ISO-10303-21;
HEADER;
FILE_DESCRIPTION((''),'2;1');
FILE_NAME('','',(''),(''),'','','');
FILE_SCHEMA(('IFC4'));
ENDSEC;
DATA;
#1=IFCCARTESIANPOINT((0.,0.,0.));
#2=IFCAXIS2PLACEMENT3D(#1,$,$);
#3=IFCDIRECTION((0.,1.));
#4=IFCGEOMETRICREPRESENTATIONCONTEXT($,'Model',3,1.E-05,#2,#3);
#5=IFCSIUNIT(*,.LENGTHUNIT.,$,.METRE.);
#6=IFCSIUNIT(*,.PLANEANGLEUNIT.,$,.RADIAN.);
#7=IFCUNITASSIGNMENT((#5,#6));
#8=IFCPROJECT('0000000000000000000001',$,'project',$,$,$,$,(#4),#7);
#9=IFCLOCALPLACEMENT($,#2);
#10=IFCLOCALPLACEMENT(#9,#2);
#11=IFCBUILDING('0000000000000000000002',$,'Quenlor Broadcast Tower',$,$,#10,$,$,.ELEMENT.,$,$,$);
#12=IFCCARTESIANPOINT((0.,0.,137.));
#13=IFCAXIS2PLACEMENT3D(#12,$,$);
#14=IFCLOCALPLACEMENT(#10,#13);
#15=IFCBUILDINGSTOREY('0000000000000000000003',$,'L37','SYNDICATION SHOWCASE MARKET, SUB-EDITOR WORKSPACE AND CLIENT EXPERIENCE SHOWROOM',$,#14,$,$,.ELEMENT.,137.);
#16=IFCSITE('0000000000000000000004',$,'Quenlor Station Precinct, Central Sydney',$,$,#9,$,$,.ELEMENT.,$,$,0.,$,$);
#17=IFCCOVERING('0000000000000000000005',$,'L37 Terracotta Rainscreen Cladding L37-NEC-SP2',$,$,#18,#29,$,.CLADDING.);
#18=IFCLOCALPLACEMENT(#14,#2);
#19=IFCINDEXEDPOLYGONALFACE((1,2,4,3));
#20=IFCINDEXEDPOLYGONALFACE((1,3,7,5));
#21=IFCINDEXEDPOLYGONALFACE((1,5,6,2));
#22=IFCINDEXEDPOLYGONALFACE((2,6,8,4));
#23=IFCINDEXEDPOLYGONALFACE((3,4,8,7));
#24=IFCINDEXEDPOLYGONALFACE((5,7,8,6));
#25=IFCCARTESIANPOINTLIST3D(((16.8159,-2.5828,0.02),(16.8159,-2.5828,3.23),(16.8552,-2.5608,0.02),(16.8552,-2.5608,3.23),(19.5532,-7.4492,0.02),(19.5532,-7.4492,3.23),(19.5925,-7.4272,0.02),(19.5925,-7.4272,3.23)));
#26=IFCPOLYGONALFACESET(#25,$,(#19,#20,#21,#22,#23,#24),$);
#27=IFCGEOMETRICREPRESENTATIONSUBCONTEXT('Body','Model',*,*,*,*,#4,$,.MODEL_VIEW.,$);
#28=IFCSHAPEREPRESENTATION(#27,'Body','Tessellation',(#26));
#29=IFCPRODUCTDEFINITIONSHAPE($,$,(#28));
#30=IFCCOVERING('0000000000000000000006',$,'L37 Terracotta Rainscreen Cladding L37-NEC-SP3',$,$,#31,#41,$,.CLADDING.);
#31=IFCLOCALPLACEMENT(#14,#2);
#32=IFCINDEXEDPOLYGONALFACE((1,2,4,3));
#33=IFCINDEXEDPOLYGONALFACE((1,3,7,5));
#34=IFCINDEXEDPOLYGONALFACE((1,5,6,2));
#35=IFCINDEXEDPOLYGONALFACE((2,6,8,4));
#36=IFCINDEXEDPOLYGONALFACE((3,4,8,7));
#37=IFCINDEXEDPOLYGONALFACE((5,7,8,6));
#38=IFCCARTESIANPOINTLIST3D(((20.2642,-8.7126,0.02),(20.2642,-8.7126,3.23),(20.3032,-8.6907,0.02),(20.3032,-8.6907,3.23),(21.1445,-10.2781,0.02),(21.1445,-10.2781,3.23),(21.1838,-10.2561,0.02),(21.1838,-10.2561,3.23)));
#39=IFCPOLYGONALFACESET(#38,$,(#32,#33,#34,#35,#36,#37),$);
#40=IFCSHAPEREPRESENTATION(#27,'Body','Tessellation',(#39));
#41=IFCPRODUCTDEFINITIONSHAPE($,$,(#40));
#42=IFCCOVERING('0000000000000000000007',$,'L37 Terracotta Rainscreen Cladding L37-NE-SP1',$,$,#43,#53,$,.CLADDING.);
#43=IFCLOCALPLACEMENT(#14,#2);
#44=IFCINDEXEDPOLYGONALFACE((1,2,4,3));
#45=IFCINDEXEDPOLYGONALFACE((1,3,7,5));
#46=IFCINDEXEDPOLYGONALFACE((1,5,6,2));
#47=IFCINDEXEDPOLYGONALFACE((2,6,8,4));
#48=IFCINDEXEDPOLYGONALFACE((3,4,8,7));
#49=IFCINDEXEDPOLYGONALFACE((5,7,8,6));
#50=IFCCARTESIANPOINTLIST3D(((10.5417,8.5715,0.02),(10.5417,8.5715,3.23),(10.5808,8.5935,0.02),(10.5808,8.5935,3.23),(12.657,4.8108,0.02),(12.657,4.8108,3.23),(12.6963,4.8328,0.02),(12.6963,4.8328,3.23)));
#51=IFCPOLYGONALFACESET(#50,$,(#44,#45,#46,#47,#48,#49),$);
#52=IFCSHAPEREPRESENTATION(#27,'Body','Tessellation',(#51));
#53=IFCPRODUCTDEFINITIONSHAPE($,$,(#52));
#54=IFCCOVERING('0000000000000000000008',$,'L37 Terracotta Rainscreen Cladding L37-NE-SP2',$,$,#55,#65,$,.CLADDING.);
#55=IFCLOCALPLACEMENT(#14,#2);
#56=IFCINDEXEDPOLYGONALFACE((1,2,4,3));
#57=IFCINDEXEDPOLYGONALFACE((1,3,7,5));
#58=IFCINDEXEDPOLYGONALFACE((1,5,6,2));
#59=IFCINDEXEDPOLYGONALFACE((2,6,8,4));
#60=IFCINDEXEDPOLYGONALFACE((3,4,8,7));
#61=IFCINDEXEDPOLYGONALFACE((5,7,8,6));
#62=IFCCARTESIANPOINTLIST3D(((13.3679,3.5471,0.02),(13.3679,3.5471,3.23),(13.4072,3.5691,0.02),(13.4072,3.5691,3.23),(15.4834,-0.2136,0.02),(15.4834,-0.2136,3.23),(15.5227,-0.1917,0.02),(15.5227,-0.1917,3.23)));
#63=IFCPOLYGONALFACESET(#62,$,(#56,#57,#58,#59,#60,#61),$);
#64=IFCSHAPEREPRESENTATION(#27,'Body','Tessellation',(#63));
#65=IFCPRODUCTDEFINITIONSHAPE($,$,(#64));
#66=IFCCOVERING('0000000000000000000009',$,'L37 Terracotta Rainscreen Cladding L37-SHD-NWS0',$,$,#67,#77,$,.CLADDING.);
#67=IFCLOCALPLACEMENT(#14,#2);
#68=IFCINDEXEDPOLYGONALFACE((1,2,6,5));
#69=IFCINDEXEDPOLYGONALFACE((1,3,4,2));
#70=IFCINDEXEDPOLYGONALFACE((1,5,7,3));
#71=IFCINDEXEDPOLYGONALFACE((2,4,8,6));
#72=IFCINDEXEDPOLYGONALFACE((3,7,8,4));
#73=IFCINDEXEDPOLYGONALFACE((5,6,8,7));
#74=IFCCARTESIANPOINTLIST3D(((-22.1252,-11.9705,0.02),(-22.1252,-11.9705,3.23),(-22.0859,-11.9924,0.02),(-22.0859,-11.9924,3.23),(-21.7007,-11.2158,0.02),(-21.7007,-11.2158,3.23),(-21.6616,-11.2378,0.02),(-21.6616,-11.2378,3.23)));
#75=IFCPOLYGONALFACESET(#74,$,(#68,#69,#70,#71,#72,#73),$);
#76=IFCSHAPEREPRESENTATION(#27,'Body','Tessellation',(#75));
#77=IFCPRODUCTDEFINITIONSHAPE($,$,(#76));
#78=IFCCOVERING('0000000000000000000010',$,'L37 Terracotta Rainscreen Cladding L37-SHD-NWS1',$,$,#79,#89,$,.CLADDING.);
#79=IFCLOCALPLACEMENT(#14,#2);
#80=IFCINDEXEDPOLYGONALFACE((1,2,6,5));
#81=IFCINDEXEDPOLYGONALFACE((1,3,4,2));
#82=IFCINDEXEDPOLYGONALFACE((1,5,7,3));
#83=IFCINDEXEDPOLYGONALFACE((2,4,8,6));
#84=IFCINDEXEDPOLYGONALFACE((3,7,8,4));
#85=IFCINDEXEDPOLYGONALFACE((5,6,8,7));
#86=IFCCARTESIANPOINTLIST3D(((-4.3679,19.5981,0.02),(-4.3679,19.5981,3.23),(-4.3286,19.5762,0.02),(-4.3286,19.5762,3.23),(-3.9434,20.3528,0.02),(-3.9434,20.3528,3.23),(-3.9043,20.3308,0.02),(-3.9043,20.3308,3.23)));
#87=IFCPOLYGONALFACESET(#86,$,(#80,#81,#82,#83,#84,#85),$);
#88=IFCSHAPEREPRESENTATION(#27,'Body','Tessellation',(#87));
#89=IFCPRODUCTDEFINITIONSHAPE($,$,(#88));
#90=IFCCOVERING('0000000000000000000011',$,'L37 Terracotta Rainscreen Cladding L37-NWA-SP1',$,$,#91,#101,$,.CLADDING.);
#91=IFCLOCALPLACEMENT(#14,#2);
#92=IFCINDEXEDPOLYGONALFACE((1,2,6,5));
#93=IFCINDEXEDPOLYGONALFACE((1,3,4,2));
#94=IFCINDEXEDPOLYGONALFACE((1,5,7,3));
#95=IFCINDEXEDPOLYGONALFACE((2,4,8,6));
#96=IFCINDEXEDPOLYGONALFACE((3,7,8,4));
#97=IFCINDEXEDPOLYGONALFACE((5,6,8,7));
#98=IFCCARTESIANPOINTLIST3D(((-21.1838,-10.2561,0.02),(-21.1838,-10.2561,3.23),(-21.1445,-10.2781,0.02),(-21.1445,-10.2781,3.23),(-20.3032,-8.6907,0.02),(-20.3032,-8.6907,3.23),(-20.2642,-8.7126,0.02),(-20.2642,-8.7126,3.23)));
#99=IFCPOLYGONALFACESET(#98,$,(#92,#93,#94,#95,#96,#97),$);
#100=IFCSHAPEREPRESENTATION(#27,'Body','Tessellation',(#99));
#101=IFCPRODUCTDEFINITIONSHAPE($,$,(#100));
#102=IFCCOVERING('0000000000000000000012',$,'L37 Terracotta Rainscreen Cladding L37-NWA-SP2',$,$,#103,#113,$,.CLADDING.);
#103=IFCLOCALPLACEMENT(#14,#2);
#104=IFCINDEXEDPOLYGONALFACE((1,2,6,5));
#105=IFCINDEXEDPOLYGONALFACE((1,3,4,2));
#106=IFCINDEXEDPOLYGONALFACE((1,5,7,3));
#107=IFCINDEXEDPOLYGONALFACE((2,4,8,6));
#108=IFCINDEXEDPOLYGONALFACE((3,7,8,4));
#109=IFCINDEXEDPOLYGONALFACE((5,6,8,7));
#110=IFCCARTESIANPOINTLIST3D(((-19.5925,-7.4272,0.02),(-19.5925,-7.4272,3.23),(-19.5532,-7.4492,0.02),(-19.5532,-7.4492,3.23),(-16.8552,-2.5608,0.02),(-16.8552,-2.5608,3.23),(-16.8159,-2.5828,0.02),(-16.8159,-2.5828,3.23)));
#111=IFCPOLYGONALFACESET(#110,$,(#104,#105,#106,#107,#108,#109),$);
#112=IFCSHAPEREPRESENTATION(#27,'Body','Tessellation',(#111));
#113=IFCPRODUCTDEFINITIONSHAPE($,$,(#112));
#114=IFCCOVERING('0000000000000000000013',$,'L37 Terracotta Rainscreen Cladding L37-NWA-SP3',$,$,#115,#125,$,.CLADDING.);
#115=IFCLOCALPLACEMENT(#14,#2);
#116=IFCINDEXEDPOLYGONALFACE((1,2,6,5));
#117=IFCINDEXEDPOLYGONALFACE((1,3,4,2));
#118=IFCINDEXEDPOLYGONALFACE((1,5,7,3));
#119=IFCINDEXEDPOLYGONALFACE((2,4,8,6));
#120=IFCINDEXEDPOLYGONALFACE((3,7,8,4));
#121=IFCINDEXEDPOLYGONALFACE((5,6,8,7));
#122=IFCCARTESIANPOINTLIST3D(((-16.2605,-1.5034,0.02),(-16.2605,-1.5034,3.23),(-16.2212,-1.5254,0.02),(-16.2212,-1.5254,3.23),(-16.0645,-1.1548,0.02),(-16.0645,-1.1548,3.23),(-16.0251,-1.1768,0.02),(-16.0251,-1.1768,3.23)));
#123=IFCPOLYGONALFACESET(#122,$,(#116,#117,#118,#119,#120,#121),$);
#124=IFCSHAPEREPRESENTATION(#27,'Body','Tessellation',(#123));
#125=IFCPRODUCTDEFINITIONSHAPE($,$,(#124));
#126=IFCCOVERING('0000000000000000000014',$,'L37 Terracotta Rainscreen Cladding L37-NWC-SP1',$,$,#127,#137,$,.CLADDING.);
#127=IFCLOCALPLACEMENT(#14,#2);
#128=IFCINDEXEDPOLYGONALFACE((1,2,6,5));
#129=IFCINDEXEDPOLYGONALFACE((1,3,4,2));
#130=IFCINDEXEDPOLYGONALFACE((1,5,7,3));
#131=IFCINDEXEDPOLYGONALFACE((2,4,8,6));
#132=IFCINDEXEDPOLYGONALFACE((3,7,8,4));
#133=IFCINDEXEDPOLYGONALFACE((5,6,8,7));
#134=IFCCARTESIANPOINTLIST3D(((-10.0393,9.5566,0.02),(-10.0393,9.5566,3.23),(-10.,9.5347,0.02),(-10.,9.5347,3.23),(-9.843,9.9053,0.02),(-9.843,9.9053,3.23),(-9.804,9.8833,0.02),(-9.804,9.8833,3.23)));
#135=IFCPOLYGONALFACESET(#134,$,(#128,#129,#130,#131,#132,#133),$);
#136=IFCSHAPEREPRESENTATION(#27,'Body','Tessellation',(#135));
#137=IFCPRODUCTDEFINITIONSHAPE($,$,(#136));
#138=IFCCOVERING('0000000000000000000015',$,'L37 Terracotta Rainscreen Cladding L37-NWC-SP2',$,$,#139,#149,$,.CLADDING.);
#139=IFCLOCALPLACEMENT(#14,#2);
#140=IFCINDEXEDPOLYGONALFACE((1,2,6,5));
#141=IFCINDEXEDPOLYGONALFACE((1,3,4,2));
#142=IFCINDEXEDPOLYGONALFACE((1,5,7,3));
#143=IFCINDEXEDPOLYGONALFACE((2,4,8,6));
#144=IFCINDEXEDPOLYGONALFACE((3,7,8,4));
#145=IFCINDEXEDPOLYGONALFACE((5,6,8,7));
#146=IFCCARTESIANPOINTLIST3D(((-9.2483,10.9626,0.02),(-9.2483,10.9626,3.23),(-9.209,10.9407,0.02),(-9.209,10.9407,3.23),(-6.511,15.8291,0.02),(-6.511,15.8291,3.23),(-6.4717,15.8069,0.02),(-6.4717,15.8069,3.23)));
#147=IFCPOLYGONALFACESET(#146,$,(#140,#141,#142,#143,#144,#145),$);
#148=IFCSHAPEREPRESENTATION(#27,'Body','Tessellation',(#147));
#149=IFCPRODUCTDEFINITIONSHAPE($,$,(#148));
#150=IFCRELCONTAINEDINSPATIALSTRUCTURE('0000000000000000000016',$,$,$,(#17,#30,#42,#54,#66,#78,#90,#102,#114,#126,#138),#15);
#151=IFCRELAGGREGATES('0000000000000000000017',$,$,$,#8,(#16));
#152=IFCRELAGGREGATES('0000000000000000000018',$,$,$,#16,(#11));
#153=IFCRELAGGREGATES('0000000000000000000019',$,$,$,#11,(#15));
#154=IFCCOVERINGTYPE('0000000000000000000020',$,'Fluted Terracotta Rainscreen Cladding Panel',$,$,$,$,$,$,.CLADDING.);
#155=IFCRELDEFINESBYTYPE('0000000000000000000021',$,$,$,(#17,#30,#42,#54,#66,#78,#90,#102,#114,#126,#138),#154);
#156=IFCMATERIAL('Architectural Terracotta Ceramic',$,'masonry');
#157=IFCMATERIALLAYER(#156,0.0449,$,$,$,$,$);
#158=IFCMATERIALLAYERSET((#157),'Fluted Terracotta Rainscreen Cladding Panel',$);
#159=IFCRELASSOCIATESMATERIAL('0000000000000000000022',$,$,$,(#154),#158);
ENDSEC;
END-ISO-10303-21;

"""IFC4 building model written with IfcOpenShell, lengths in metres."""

from ifc_helpers import new_model, si_unit, direction, frame, origin, place, context, subcontext, project, spatial, polyline, outline, extrude, material, layer, layer_set, type_object, element, save


model = new_model("IFC4")

# Units and contexts
model_context = context("Model", 3, precision=1e-05, world=origin(), true_north=direction((0.0, 1.0)))
body_context = subcontext(model_context, "Body", "Model", "MODEL_VIEW")
ifc_project = project(units=[si_unit("LENGTHUNIT", "METRE"), si_unit("PLANEANGLEUNIT", "RADIAN")], contexts=[model_context])

# Site, building, storey
site_placement = place(None, origin())
site = spatial("IfcSite", under=ifc_project, at=site_placement, Name="Quenlor Station Precinct, Central Sydney", CompositionType="ELEMENT", RefElevation=0.0)
building_placement = place(site_placement, origin())
building = spatial("IfcBuilding", under=site, at=building_placement, Name="Quenlor Broadcast Tower", CompositionType="ELEMENT")
storey_placement = place(building_placement, frame((0.0, 0.0, 137.0)))
storey = spatial("IfcBuildingStorey", under=building, at=storey_placement, Name="L37", Description="SYNDICATION SHOWCASE MARKET, SUB-EDITOR WORKSPACE AND CLIENT EXPERIENCE SHOWROOM", CompositionType="ELEMENT", Elevation=137.0)

# Coverings
ifc_material_1 = material(Name="Architectural Terracotta Ceramic", Category="masonry")
ifc_layer_1 = layer(ifc_material_1, 0.0449)
ifc_layer_set_1 = layer_set([ifc_layer_1], Name="Fluted Terracotta Rainscreen Cladding Panel")
covering_type = type_object("IfcCoveringType", Name="Fluted Terracotta Rainscreen Cladding Panel", PredefinedType="CLADDING", material=ifc_layer_set_1)
covering_1_placement = place(storey_placement, frame((0.0, 0.0, 0.02)))
element("IfcCovering", 1, at=covering_1_placement, inside=storey, type_object=covering_type, Name="L37 Terracotta Rainscreen Cladding L37-NEC-SP2", PredefinedType="CLADDING", context=body_context, shape_type="SweptSolid", body=[
    extrude(outline(polyline([(16.8159, -2.5828), (19.5532, -7.4492), (19.5925, -7.4272), (16.8552, -2.5608), (16.8159, -2.5828)])), origin(), (0.0, 0.0, 1.0), 3.21),
])
covering_2_placement = place(storey_placement, frame((0.0, 0.0, 0.02)))
element("IfcCovering", 2, at=covering_2_placement, inside=storey, type_object=covering_type, Name="L37 Terracotta Rainscreen Cladding L37-NEC-SP3", PredefinedType="CLADDING", context=body_context, shape_type="SweptSolid", body=[
    extrude(outline(polyline([(20.2642, -8.7126), (21.1445, -10.2781), (21.1838, -10.2561), (20.3032, -8.6907), (20.2642, -8.7126)])), origin(), (0.0, 0.0, 1.0), 3.21),
])
covering_3_placement = place(storey_placement, frame((0.0, 0.0, 0.02)))
element("IfcCovering", 3, at=covering_3_placement, inside=storey, type_object=covering_type, Name="L37 Terracotta Rainscreen Cladding L37-NE-SP1", PredefinedType="CLADDING", context=body_context, shape_type="SweptSolid", body=[
    extrude(outline(polyline([(10.5417, 8.5715), (12.657, 4.8108), (12.6963, 4.8328), (10.5808, 8.5935), (10.5417, 8.5715)])), origin(), (0.0, 0.0, 1.0), 3.21),
])
covering_4_placement = place(storey_placement, frame((0.0, 0.0, 0.02)))
element("IfcCovering", 4, at=covering_4_placement, inside=storey, type_object=covering_type, Name="L37 Terracotta Rainscreen Cladding L37-NE-SP2", PredefinedType="CLADDING", context=body_context, shape_type="SweptSolid", body=[
    extrude(outline(polyline([(13.3679, 3.5471), (15.4834, -0.2136), (15.5227, -0.1917), (13.4072, 3.5691), (13.3679, 3.5471)])), origin(), (0.0, 0.0, 1.0), 3.21),
])
covering_5_placement = place(storey_placement, frame((0.0, 0.0, 0.02)))
element("IfcCovering", 5, at=covering_5_placement, inside=storey, type_object=covering_type, Name="L37 Terracotta Rainscreen Cladding L37-SHD-NWS0", PredefinedType="CLADDING", context=body_context, shape_type="SweptSolid", body=[
    extrude(outline(polyline([(-22.0859, -11.9924), (-21.6616, -11.2378), (-21.7007, -11.2158), (-22.1252, -11.9705), (-22.0859, -11.9924)])), origin(), (0.0, 0.0, 1.0), 3.21),
])
covering_6_placement = place(storey_placement, frame((0.0, 0.0, 0.02)))
element("IfcCovering", 6, at=covering_6_placement, inside=storey, type_object=covering_type, Name="L37 Terracotta Rainscreen Cladding L37-SHD-NWS1", PredefinedType="CLADDING", context=body_context, shape_type="SweptSolid", body=[
    extrude(outline(polyline([(-4.3286, 19.5762), (-3.9043, 20.3308), (-3.9434, 20.3528), (-4.3679, 19.5981), (-4.3286, 19.5762)])), origin(), (0.0, 0.0, 1.0), 3.21),
])
covering_7_placement = place(storey_placement, frame((0.0, 0.0, 0.02)))
element("IfcCovering", 7, at=covering_7_placement, inside=storey, type_object=covering_type, Name="L37 Terracotta Rainscreen Cladding L37-NWA-SP1", PredefinedType="CLADDING", context=body_context, shape_type="SweptSolid", body=[
    extrude(outline(polyline([(-21.1445, -10.2781), (-20.2642, -8.7126), (-20.3032, -8.6907), (-21.1838, -10.2561), (-21.1445, -10.2781)])), origin(), (0.0, 0.0, 1.0), 3.21),
])
covering_8_placement = place(storey_placement, frame((0.0, 0.0, 0.02)))
element("IfcCovering", 8, at=covering_8_placement, inside=storey, type_object=covering_type, Name="L37 Terracotta Rainscreen Cladding L37-NWA-SP2", PredefinedType="CLADDING", context=body_context, shape_type="SweptSolid", body=[
    extrude(outline(polyline([(-19.5532, -7.4492), (-16.8159, -2.5828), (-16.8552, -2.5608), (-19.5925, -7.4272), (-19.5532, -7.4492)])), origin(), (0.0, 0.0, 1.0), 3.21),
])
covering_9_placement = place(storey_placement, frame((0.0, 0.0, 0.02)))
element("IfcCovering", 9, at=covering_9_placement, inside=storey, type_object=covering_type, Name="L37 Terracotta Rainscreen Cladding L37-NWA-SP3", PredefinedType="CLADDING", context=body_context, shape_type="SweptSolid", body=[
    extrude(outline(polyline([(-16.2212, -1.5254), (-16.0251, -1.1768), (-16.0645, -1.1548), (-16.2605, -1.5034), (-16.2212, -1.5254)])), origin(), (0.0, 0.0, 1.0), 3.21),
])
covering_10_placement = place(storey_placement, frame((0.0, 0.0, 0.02)))
element("IfcCovering", 10, at=covering_10_placement, inside=storey, type_object=covering_type, Name="L37 Terracotta Rainscreen Cladding L37-NWC-SP1", PredefinedType="CLADDING", context=body_context, shape_type="SweptSolid", body=[
    extrude(outline(polyline([(-10.0, 9.5347), (-9.804, 9.8833), (-9.843, 9.9053), (-10.0393, 9.5566), (-10.0, 9.5347)])), origin(), (0.0, 0.0, 1.0), 3.21),
])
covering_11_placement = place(storey_placement, frame((0.0, 0.0, 0.02)))
element("IfcCovering", 11, at=covering_11_placement, inside=storey, type_object=covering_type, Name="L37 Terracotta Rainscreen Cladding L37-NWC-SP2", PredefinedType="CLADDING", context=body_context, shape_type="SweptSolid", body=[
    extrude(outline(polyline([(-9.209, 10.9407), (-6.4717, 15.8069), (-6.511, 15.8291), (-9.2483, 10.9626), (-9.209, 10.9407)])), origin(), (0.0, 0.0, 1.0), 3.21),
])

save(model, "model.ifc")
